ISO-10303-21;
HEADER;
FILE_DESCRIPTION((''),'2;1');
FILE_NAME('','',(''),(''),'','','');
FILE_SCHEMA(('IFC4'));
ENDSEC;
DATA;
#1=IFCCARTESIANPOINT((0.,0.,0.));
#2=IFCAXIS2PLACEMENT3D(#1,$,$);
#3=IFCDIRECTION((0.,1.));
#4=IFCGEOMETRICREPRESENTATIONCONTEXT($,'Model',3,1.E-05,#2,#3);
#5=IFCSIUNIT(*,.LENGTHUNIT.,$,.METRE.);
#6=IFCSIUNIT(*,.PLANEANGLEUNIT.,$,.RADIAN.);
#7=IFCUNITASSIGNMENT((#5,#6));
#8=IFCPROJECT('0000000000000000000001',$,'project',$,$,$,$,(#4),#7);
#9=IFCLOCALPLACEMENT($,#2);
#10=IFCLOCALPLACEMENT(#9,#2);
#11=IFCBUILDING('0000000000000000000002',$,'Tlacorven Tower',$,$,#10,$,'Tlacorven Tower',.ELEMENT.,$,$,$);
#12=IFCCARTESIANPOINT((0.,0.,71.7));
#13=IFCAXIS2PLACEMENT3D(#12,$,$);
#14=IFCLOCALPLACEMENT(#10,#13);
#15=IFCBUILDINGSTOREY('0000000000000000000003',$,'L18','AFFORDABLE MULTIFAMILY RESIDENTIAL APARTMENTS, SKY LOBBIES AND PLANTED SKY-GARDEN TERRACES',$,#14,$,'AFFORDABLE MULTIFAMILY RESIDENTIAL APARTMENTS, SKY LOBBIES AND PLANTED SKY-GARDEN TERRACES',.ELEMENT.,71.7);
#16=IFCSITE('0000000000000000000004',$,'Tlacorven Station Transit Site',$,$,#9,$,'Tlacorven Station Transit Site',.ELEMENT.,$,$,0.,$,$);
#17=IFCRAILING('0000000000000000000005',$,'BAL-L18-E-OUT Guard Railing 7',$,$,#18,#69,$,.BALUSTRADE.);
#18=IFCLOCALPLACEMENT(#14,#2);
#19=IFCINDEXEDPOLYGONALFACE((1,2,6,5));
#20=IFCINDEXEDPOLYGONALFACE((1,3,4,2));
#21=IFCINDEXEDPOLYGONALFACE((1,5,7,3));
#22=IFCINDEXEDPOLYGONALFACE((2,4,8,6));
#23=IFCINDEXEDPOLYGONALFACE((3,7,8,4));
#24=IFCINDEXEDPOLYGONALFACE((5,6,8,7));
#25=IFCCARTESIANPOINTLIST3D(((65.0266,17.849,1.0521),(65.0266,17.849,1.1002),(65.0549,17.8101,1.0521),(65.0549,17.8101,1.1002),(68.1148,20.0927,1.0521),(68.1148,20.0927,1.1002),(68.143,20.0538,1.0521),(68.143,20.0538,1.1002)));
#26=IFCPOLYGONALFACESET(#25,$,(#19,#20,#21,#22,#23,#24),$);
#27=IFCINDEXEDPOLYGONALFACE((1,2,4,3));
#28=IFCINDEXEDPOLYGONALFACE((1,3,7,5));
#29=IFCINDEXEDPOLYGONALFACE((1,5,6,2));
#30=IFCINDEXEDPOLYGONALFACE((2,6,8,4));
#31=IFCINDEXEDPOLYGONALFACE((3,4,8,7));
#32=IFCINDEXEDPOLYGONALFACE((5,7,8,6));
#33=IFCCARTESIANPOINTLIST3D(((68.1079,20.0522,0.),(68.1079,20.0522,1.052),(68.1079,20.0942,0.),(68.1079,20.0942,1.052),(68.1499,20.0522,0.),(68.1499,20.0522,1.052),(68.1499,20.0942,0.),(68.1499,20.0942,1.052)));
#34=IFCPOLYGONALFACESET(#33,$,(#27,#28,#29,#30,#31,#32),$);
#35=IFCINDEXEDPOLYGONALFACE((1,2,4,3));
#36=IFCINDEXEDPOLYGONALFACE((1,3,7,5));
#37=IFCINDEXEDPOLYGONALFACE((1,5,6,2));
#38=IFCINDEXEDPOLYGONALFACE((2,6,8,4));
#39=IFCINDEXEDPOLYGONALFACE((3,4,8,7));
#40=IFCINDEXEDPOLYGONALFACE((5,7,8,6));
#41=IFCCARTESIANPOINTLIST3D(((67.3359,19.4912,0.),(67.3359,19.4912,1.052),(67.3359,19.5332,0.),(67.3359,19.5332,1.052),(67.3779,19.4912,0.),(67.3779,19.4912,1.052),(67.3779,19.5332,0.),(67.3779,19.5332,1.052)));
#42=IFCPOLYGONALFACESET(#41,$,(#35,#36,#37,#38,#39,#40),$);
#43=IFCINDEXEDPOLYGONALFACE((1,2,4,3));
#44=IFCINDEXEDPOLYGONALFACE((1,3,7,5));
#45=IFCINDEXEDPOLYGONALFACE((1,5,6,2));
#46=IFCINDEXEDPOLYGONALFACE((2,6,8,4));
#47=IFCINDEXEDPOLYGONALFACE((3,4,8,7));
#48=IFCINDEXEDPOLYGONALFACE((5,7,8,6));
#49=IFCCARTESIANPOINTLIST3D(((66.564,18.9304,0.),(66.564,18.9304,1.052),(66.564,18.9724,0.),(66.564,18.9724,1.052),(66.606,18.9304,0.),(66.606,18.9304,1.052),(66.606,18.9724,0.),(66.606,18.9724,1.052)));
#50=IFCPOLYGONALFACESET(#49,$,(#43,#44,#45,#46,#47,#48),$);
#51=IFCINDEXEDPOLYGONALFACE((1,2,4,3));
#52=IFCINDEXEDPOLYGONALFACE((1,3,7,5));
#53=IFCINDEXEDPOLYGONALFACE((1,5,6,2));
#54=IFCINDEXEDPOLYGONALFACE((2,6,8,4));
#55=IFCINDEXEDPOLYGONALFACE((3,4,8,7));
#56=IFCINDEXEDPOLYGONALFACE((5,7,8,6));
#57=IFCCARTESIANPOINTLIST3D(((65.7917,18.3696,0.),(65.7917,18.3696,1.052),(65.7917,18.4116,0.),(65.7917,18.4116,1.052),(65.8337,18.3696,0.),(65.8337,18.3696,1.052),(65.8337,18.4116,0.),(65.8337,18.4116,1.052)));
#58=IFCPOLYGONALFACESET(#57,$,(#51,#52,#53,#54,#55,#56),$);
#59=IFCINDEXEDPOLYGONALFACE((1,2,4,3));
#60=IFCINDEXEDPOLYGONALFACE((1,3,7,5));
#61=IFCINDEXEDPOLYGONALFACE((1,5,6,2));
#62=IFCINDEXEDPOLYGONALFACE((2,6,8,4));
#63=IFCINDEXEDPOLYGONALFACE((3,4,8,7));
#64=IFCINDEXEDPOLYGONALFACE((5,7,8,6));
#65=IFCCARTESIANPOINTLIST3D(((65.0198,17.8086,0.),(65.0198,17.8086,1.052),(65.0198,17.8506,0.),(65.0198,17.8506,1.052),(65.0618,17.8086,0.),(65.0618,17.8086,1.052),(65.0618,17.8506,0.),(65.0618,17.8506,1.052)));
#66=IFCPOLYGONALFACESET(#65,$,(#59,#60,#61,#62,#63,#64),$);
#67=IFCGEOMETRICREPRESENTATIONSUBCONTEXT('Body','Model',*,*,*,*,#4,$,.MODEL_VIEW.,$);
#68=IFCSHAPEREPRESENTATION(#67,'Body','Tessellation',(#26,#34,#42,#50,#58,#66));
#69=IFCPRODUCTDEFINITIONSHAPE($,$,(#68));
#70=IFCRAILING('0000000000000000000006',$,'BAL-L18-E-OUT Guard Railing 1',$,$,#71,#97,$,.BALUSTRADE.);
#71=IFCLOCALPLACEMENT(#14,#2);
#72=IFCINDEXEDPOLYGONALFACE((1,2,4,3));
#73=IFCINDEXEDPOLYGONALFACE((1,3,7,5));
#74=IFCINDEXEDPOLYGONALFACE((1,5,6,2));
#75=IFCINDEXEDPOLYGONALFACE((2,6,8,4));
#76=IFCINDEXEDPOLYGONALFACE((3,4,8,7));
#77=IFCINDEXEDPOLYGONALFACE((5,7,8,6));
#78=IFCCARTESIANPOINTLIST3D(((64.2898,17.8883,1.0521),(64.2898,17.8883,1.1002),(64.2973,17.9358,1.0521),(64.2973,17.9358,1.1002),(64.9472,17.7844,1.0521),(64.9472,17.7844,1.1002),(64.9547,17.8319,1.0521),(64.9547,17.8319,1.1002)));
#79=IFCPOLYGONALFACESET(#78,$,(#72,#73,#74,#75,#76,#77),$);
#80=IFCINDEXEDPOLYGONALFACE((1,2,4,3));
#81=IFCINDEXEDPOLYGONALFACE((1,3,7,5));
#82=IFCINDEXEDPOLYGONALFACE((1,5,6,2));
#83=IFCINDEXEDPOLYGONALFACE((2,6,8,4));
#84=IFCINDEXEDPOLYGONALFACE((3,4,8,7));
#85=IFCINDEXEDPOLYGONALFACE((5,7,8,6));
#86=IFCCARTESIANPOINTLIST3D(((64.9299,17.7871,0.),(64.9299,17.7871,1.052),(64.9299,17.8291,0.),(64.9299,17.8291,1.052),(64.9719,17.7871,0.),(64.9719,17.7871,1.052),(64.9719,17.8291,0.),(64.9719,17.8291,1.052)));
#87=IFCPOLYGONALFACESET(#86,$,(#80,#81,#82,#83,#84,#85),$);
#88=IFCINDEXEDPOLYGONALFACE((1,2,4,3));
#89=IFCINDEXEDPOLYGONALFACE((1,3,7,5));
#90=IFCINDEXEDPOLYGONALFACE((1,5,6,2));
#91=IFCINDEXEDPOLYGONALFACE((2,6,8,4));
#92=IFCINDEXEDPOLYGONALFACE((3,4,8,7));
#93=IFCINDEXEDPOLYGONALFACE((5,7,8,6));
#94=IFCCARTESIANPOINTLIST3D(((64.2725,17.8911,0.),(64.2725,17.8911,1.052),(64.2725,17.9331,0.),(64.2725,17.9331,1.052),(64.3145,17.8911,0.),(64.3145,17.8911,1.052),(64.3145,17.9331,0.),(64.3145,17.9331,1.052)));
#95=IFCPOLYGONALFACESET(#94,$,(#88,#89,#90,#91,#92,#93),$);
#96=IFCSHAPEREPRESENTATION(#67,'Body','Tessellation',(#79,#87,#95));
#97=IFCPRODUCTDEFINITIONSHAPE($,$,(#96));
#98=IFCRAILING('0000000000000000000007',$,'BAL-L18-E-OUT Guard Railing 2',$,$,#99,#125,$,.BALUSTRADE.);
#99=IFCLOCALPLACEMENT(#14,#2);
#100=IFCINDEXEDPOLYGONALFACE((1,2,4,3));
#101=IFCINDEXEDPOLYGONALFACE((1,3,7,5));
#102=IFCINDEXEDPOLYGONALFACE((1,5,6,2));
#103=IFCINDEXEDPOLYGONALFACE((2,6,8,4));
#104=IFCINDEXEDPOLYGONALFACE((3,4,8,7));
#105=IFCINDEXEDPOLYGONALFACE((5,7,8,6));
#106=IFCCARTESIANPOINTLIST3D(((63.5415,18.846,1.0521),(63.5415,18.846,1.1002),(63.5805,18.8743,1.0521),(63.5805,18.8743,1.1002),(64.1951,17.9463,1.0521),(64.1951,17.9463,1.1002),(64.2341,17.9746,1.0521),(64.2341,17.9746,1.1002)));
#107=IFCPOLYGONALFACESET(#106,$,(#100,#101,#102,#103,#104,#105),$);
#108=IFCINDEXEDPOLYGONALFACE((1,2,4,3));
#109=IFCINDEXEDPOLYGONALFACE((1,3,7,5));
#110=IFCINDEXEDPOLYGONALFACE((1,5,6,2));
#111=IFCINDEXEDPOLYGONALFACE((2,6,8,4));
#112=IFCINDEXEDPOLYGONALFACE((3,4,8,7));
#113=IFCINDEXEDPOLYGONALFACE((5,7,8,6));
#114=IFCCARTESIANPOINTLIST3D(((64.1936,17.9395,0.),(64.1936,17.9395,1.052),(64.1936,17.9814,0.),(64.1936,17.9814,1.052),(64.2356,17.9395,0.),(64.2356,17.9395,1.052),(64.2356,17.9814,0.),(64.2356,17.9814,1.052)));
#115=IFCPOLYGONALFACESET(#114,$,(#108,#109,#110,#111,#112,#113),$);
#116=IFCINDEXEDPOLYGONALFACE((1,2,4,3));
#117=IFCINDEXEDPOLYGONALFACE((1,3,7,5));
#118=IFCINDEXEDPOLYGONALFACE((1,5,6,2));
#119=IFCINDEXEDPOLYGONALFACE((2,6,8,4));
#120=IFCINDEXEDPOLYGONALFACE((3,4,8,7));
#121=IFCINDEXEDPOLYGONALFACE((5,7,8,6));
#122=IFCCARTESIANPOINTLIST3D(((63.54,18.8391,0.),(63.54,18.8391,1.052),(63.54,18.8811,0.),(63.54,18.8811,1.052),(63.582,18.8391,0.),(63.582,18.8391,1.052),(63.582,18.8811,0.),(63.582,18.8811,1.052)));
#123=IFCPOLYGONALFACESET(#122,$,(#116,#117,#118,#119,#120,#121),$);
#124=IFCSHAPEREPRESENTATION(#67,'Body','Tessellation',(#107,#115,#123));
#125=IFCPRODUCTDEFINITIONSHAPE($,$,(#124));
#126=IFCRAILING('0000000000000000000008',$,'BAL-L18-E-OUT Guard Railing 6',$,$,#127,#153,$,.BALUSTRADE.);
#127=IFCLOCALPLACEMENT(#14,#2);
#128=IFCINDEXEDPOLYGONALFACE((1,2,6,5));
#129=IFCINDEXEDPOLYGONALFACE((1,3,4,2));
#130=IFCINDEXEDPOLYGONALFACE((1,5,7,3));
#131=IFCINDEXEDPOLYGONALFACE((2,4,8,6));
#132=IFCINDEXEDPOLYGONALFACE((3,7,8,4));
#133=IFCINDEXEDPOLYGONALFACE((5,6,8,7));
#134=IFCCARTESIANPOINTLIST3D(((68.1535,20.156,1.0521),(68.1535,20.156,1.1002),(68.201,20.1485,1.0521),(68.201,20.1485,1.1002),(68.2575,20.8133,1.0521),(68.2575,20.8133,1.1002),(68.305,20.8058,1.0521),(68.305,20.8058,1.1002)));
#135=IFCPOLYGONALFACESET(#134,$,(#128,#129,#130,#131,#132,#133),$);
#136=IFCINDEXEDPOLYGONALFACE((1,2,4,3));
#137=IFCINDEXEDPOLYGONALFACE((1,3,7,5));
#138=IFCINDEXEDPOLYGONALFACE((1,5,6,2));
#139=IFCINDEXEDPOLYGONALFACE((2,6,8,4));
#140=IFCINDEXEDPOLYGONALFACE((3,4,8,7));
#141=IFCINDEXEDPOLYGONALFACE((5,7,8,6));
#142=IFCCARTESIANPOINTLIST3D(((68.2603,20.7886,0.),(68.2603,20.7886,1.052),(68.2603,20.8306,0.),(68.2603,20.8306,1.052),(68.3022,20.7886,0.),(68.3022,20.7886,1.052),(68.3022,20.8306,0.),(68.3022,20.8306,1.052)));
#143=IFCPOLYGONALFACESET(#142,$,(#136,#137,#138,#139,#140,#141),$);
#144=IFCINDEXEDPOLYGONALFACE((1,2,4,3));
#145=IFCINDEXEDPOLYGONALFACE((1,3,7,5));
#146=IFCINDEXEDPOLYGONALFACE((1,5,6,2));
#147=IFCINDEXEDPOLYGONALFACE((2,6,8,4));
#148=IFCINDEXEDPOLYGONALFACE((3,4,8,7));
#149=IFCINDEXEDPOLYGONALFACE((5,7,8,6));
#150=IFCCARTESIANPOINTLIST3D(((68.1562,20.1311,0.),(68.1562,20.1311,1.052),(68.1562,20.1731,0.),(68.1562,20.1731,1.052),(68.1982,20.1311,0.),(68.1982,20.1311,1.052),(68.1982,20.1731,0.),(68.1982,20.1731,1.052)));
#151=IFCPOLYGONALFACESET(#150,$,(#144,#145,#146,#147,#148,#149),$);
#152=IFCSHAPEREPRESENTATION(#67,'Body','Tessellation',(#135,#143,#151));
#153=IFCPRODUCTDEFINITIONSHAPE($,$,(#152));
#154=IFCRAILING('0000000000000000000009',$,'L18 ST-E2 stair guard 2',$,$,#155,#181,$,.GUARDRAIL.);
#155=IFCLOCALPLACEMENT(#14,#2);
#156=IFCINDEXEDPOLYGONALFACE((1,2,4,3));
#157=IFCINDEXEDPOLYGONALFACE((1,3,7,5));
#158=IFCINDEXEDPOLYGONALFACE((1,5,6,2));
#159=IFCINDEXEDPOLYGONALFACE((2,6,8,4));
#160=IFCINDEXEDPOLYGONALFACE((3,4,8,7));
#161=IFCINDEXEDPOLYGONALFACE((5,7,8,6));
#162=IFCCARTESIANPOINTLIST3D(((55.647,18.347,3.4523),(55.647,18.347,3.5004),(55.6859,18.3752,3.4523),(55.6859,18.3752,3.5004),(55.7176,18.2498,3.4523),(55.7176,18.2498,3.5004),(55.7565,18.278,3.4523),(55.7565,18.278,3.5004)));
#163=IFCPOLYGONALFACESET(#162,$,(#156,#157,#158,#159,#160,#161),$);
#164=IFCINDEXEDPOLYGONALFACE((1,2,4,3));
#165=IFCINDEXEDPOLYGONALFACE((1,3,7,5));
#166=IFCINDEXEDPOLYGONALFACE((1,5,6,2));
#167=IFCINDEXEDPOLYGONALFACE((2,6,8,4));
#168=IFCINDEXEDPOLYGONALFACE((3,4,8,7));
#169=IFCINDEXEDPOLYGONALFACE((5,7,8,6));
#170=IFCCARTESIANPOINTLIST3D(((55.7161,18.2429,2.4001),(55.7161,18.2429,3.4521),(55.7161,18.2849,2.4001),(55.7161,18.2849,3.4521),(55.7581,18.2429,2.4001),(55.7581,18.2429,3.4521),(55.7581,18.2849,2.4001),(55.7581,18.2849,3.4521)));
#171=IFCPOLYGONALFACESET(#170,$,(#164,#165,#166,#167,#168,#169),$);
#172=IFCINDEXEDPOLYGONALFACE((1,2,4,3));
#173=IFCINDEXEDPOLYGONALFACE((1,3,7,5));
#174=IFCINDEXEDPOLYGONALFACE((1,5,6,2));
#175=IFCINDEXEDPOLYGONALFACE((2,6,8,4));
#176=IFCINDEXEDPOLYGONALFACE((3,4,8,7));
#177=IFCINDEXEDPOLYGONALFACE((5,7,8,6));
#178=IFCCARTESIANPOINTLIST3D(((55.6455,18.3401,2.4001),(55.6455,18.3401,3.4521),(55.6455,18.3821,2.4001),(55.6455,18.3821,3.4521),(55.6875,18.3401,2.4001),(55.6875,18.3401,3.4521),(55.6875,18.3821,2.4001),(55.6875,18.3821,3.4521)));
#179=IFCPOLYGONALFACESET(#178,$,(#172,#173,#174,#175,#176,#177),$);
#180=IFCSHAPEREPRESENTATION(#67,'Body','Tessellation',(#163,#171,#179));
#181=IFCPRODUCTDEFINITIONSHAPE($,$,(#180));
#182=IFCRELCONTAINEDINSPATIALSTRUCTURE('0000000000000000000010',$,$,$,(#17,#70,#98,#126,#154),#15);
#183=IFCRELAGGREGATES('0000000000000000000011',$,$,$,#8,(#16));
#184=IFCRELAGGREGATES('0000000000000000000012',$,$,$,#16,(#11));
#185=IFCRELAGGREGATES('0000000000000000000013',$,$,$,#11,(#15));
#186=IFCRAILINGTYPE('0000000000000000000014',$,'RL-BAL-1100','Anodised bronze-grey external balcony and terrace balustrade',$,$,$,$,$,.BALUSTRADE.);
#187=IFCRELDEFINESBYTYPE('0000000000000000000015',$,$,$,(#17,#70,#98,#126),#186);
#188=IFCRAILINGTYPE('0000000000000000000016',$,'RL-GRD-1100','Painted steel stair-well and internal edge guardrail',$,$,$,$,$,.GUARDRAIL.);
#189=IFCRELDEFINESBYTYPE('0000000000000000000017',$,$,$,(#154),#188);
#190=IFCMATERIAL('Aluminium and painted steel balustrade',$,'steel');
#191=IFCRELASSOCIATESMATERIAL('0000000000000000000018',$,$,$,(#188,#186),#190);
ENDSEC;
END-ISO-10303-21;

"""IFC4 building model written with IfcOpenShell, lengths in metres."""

from ifc_helpers import new_model, si_unit, direction, frame, origin, origin_2d, place, context, subcontext, project, spatial, rectangle, extrude, source, transform, mapped, material, type_object, element, save


model = new_model("IFC4")

# Units and contexts
model_context = context("Model", 3, precision=1e-05, world=origin(), true_north=direction((0.0, 1.0)))
body_context = subcontext(model_context, "Body", "Model", "MODEL_VIEW")
ifc_project = project(units=[si_unit("LENGTHUNIT", "METRE"), si_unit("PLANEANGLEUNIT", "RADIAN")], contexts=[model_context])

# Site, building, storey
site_placement = place(None, origin())
site = spatial("IfcSite", under=ifc_project, at=site_placement, Name="Tlacorven Station Transit Site", LongName="Tlacorven Station Transit Site", CompositionType="ELEMENT", RefElevation=0.0)
building_placement = place(site_placement, origin())
building = spatial("IfcBuilding", under=site, at=building_placement, Name="Tlacorven Tower", LongName="Tlacorven Tower", CompositionType="ELEMENT")
storey_placement = place(building_placement, frame((0.0, 0.0, 71.7)))
storey = spatial("IfcBuildingStorey", under=building, at=storey_placement, Name="L18", Description="AFFORDABLE MULTIFAMILY RESIDENTIAL APARTMENTS, SKY LOBBIES AND PLANTED SKY-GARDEN TERRACES", LongName="AFFORDABLE MULTIFAMILY RESIDENTIAL APARTMENTS, SKY LOBBIES AND PLANTED SKY-GARDEN TERRACES", CompositionType="ELEMENT", Elevation=71.7)

# Railings
ifc_material_1 = material(Name="Aluminium and painted steel balustrade", Category="steel")
railing_type_1 = type_object("IfcRailingType", Name="RL-GRD-1100", Description="Painted steel stair-well and internal edge guardrail", PredefinedType="GUARDRAIL", material=ifc_material_1)
railing_type_2 = type_object("IfcRailingType", Name="RL-BAL-1100", Description="Anodised bronze-grey external balcony and terrace balustrade", PredefinedType="BALUSTRADE", material=ifc_material_1)
shared_shape_1 = source(origin(), body_context, "Body", "SweptSolid", [
    extrude(rectangle(XDim=0.0481, YDim=0.0481, at=origin_2d()), frame((0.0, 0.0, 1.0762), z_axis=(-0.809018, -0.587784, 0.0), x_axis=(0.587784, -0.809018, 0.0)), (0.0, 0.0, 1.0), 3.8171),
    extrude(rectangle(XDim=0.042, YDim=0.042, at=origin_2d()), origin(), (0.0, 0.0, 1.0), 1.052),
    extrude(rectangle(XDim=0.042, YDim=0.042, at=origin_2d()), frame((-0.772, -0.561, 0.0)), (0.0, 0.0, 1.0), 1.052),
    extrude(rectangle(XDim=0.042, YDim=0.042, at=origin_2d()), frame((-1.5439, -1.1218, 0.0)), (0.0, 0.0, 1.0), 1.052),
    extrude(rectangle(XDim=0.042, YDim=0.042, at=origin_2d()), frame((-2.3162, -1.6826, 0.0)), (0.0, 0.0, 1.0), 1.052),
    extrude(rectangle(XDim=0.042, YDim=0.042, at=origin_2d()), frame((-3.0881, -2.2437, 0.0)), (0.0, 0.0, 1.0), 1.052),
])
railing_1_placement = place(storey_placement, frame((68.1289, 20.0732, 0.0)))
element("IfcRailing", 1, at=railing_1_placement, inside=storey, type_object=railing_type_2, Name="BAL-L18-E-OUT Guard Railing 7", PredefinedType="BALUSTRADE", context=body_context, shape_type="MappedRepresentation", body=[
    mapped(shared_shape_1, transform((0.0, 0.0, 0.0), scale=1.0)),
])
shared_shape_2 = source(origin(), body_context, "Body", "SweptSolid", [
    extrude(rectangle(XDim=0.0481, YDim=0.0481, at=origin_2d()), frame((0.0, 0.0, 1.0762), z_axis=(-0.987718, 0.156245, 0.0), x_axis=(-0.156245, -0.987718, 0.0)), (0.0, 0.0, 1.0), 0.6655),
    extrude(rectangle(XDim=0.042, YDim=0.042, at=origin_2d()), origin(), (0.0, 0.0, 1.0), 1.052),
    extrude(rectangle(XDim=0.042, YDim=0.042, at=origin_2d()), frame((-0.6575, 0.104, 0.0)), (0.0, 0.0, 1.0), 1.052),
])
railing_2_placement = place(storey_placement, frame((64.9509, 17.8081, 0.0)))
element("IfcRailing", 2, at=railing_2_placement, inside=storey, type_object=railing_type_2, Name="BAL-L18-E-OUT Guard Railing 1", PredefinedType="BALUSTRADE", context=body_context, shape_type="MappedRepresentation", body=[
    mapped(shared_shape_2, transform((0.0, 0.0, 0.0), scale=1.0)),
])
shared_shape_3 = source(origin(), body_context, "Body", "SweptSolid", [
    extrude(rectangle(XDim=0.0481, YDim=0.0481, at=origin_2d()), frame((0.0, 0.0, 1.0762), z_axis=(-0.587741, 0.809049, 0.0), x_axis=(-0.809049, -0.587741, 0.0)), (0.0, 0.0, 1.0), 1.1121),
    extrude(rectangle(XDim=0.042, YDim=0.042, at=origin_2d()), origin(), (0.0, 0.0, 1.0), 1.052),
    extrude(rectangle(XDim=0.042, YDim=0.042, at=origin_2d()), frame((-0.6536, 0.8997, 0.0)), (0.0, 0.0, 1.0), 1.052),
])
railing_3_placement = place(storey_placement, frame((64.2146, 17.9604, 0.0)))
element("IfcRailing", 3, at=railing_3_placement, inside=storey, type_object=railing_type_2, Name="BAL-L18-E-OUT Guard Railing 2", PredefinedType="BALUSTRADE", context=body_context, shape_type="MappedRepresentation", body=[
    mapped(shared_shape_3, transform((0.0, 0.0, 0.0), scale=1.0)),
])
shared_shape_4 = source(origin(), body_context, "Body", "SweptSolid", [
    extrude(rectangle(XDim=0.0481, YDim=0.0481, at=origin_2d()), frame((0.0, 0.0, 1.0762), z_axis=(-0.156245, -0.987718, 0.0), x_axis=(0.987718, -0.156245, 0.0)), (0.0, 0.0, 1.0), 0.6655),
    extrude(rectangle(XDim=0.042, YDim=0.042, at=origin_2d()), origin(), (0.0, 0.0, 1.0), 1.052),
    extrude(rectangle(XDim=0.042, YDim=0.042, at=origin_2d()), frame((-0.104, -0.6575, 0.0)), (0.0, 0.0, 1.0), 1.052),
])
railing_4_placement = place(storey_placement, frame((68.2812, 20.8096, 0.0)))
element("IfcRailing", 4, at=railing_4_placement, inside=storey, type_object=railing_type_2, Name="BAL-L18-E-OUT Guard Railing 6", PredefinedType="BALUSTRADE", context=body_context, shape_type="MappedRepresentation", body=[
    mapped(shared_shape_4, transform((0.0, 0.0, 0.0), scale=1.0)),
])
shared_shape_5 = source(origin(), body_context, "Body", "SweptSolid", [
    extrude(rectangle(XDim=0.0481, YDim=0.0481, at=origin_2d()), frame((0.0, 0.0, 1.0762), z_axis=(-0.587567, 0.809175, 0.0), x_axis=(-0.809175, -0.587567, 0.0)), (0.0, 0.0, 1.0), 0.1201),
    extrude(rectangle(XDim=0.042, YDim=0.042, at=origin_2d()), origin(), (0.0, 0.0, 1.0), 1.052),
    extrude(rectangle(XDim=0.042, YDim=0.042, at=origin_2d()), frame((-0.0706, 0.0972, 0.0)), (0.0, 0.0, 1.0), 1.052),
])
railing_5_placement = place(storey_placement, frame((55.7371, 18.2639, 2.4001)))
element("IfcRailing", 5, at=railing_5_placement, inside=storey, type_object=railing_type_1, Name="L18 ST-E2 stair guard 2", PredefinedType="GUARDRAIL", context=body_context, shape_type="MappedRepresentation", body=[
    mapped(shared_shape_5, transform((0.0, 0.0, 0.0), scale=1.0)),
])

save(model, "model.ifc")
